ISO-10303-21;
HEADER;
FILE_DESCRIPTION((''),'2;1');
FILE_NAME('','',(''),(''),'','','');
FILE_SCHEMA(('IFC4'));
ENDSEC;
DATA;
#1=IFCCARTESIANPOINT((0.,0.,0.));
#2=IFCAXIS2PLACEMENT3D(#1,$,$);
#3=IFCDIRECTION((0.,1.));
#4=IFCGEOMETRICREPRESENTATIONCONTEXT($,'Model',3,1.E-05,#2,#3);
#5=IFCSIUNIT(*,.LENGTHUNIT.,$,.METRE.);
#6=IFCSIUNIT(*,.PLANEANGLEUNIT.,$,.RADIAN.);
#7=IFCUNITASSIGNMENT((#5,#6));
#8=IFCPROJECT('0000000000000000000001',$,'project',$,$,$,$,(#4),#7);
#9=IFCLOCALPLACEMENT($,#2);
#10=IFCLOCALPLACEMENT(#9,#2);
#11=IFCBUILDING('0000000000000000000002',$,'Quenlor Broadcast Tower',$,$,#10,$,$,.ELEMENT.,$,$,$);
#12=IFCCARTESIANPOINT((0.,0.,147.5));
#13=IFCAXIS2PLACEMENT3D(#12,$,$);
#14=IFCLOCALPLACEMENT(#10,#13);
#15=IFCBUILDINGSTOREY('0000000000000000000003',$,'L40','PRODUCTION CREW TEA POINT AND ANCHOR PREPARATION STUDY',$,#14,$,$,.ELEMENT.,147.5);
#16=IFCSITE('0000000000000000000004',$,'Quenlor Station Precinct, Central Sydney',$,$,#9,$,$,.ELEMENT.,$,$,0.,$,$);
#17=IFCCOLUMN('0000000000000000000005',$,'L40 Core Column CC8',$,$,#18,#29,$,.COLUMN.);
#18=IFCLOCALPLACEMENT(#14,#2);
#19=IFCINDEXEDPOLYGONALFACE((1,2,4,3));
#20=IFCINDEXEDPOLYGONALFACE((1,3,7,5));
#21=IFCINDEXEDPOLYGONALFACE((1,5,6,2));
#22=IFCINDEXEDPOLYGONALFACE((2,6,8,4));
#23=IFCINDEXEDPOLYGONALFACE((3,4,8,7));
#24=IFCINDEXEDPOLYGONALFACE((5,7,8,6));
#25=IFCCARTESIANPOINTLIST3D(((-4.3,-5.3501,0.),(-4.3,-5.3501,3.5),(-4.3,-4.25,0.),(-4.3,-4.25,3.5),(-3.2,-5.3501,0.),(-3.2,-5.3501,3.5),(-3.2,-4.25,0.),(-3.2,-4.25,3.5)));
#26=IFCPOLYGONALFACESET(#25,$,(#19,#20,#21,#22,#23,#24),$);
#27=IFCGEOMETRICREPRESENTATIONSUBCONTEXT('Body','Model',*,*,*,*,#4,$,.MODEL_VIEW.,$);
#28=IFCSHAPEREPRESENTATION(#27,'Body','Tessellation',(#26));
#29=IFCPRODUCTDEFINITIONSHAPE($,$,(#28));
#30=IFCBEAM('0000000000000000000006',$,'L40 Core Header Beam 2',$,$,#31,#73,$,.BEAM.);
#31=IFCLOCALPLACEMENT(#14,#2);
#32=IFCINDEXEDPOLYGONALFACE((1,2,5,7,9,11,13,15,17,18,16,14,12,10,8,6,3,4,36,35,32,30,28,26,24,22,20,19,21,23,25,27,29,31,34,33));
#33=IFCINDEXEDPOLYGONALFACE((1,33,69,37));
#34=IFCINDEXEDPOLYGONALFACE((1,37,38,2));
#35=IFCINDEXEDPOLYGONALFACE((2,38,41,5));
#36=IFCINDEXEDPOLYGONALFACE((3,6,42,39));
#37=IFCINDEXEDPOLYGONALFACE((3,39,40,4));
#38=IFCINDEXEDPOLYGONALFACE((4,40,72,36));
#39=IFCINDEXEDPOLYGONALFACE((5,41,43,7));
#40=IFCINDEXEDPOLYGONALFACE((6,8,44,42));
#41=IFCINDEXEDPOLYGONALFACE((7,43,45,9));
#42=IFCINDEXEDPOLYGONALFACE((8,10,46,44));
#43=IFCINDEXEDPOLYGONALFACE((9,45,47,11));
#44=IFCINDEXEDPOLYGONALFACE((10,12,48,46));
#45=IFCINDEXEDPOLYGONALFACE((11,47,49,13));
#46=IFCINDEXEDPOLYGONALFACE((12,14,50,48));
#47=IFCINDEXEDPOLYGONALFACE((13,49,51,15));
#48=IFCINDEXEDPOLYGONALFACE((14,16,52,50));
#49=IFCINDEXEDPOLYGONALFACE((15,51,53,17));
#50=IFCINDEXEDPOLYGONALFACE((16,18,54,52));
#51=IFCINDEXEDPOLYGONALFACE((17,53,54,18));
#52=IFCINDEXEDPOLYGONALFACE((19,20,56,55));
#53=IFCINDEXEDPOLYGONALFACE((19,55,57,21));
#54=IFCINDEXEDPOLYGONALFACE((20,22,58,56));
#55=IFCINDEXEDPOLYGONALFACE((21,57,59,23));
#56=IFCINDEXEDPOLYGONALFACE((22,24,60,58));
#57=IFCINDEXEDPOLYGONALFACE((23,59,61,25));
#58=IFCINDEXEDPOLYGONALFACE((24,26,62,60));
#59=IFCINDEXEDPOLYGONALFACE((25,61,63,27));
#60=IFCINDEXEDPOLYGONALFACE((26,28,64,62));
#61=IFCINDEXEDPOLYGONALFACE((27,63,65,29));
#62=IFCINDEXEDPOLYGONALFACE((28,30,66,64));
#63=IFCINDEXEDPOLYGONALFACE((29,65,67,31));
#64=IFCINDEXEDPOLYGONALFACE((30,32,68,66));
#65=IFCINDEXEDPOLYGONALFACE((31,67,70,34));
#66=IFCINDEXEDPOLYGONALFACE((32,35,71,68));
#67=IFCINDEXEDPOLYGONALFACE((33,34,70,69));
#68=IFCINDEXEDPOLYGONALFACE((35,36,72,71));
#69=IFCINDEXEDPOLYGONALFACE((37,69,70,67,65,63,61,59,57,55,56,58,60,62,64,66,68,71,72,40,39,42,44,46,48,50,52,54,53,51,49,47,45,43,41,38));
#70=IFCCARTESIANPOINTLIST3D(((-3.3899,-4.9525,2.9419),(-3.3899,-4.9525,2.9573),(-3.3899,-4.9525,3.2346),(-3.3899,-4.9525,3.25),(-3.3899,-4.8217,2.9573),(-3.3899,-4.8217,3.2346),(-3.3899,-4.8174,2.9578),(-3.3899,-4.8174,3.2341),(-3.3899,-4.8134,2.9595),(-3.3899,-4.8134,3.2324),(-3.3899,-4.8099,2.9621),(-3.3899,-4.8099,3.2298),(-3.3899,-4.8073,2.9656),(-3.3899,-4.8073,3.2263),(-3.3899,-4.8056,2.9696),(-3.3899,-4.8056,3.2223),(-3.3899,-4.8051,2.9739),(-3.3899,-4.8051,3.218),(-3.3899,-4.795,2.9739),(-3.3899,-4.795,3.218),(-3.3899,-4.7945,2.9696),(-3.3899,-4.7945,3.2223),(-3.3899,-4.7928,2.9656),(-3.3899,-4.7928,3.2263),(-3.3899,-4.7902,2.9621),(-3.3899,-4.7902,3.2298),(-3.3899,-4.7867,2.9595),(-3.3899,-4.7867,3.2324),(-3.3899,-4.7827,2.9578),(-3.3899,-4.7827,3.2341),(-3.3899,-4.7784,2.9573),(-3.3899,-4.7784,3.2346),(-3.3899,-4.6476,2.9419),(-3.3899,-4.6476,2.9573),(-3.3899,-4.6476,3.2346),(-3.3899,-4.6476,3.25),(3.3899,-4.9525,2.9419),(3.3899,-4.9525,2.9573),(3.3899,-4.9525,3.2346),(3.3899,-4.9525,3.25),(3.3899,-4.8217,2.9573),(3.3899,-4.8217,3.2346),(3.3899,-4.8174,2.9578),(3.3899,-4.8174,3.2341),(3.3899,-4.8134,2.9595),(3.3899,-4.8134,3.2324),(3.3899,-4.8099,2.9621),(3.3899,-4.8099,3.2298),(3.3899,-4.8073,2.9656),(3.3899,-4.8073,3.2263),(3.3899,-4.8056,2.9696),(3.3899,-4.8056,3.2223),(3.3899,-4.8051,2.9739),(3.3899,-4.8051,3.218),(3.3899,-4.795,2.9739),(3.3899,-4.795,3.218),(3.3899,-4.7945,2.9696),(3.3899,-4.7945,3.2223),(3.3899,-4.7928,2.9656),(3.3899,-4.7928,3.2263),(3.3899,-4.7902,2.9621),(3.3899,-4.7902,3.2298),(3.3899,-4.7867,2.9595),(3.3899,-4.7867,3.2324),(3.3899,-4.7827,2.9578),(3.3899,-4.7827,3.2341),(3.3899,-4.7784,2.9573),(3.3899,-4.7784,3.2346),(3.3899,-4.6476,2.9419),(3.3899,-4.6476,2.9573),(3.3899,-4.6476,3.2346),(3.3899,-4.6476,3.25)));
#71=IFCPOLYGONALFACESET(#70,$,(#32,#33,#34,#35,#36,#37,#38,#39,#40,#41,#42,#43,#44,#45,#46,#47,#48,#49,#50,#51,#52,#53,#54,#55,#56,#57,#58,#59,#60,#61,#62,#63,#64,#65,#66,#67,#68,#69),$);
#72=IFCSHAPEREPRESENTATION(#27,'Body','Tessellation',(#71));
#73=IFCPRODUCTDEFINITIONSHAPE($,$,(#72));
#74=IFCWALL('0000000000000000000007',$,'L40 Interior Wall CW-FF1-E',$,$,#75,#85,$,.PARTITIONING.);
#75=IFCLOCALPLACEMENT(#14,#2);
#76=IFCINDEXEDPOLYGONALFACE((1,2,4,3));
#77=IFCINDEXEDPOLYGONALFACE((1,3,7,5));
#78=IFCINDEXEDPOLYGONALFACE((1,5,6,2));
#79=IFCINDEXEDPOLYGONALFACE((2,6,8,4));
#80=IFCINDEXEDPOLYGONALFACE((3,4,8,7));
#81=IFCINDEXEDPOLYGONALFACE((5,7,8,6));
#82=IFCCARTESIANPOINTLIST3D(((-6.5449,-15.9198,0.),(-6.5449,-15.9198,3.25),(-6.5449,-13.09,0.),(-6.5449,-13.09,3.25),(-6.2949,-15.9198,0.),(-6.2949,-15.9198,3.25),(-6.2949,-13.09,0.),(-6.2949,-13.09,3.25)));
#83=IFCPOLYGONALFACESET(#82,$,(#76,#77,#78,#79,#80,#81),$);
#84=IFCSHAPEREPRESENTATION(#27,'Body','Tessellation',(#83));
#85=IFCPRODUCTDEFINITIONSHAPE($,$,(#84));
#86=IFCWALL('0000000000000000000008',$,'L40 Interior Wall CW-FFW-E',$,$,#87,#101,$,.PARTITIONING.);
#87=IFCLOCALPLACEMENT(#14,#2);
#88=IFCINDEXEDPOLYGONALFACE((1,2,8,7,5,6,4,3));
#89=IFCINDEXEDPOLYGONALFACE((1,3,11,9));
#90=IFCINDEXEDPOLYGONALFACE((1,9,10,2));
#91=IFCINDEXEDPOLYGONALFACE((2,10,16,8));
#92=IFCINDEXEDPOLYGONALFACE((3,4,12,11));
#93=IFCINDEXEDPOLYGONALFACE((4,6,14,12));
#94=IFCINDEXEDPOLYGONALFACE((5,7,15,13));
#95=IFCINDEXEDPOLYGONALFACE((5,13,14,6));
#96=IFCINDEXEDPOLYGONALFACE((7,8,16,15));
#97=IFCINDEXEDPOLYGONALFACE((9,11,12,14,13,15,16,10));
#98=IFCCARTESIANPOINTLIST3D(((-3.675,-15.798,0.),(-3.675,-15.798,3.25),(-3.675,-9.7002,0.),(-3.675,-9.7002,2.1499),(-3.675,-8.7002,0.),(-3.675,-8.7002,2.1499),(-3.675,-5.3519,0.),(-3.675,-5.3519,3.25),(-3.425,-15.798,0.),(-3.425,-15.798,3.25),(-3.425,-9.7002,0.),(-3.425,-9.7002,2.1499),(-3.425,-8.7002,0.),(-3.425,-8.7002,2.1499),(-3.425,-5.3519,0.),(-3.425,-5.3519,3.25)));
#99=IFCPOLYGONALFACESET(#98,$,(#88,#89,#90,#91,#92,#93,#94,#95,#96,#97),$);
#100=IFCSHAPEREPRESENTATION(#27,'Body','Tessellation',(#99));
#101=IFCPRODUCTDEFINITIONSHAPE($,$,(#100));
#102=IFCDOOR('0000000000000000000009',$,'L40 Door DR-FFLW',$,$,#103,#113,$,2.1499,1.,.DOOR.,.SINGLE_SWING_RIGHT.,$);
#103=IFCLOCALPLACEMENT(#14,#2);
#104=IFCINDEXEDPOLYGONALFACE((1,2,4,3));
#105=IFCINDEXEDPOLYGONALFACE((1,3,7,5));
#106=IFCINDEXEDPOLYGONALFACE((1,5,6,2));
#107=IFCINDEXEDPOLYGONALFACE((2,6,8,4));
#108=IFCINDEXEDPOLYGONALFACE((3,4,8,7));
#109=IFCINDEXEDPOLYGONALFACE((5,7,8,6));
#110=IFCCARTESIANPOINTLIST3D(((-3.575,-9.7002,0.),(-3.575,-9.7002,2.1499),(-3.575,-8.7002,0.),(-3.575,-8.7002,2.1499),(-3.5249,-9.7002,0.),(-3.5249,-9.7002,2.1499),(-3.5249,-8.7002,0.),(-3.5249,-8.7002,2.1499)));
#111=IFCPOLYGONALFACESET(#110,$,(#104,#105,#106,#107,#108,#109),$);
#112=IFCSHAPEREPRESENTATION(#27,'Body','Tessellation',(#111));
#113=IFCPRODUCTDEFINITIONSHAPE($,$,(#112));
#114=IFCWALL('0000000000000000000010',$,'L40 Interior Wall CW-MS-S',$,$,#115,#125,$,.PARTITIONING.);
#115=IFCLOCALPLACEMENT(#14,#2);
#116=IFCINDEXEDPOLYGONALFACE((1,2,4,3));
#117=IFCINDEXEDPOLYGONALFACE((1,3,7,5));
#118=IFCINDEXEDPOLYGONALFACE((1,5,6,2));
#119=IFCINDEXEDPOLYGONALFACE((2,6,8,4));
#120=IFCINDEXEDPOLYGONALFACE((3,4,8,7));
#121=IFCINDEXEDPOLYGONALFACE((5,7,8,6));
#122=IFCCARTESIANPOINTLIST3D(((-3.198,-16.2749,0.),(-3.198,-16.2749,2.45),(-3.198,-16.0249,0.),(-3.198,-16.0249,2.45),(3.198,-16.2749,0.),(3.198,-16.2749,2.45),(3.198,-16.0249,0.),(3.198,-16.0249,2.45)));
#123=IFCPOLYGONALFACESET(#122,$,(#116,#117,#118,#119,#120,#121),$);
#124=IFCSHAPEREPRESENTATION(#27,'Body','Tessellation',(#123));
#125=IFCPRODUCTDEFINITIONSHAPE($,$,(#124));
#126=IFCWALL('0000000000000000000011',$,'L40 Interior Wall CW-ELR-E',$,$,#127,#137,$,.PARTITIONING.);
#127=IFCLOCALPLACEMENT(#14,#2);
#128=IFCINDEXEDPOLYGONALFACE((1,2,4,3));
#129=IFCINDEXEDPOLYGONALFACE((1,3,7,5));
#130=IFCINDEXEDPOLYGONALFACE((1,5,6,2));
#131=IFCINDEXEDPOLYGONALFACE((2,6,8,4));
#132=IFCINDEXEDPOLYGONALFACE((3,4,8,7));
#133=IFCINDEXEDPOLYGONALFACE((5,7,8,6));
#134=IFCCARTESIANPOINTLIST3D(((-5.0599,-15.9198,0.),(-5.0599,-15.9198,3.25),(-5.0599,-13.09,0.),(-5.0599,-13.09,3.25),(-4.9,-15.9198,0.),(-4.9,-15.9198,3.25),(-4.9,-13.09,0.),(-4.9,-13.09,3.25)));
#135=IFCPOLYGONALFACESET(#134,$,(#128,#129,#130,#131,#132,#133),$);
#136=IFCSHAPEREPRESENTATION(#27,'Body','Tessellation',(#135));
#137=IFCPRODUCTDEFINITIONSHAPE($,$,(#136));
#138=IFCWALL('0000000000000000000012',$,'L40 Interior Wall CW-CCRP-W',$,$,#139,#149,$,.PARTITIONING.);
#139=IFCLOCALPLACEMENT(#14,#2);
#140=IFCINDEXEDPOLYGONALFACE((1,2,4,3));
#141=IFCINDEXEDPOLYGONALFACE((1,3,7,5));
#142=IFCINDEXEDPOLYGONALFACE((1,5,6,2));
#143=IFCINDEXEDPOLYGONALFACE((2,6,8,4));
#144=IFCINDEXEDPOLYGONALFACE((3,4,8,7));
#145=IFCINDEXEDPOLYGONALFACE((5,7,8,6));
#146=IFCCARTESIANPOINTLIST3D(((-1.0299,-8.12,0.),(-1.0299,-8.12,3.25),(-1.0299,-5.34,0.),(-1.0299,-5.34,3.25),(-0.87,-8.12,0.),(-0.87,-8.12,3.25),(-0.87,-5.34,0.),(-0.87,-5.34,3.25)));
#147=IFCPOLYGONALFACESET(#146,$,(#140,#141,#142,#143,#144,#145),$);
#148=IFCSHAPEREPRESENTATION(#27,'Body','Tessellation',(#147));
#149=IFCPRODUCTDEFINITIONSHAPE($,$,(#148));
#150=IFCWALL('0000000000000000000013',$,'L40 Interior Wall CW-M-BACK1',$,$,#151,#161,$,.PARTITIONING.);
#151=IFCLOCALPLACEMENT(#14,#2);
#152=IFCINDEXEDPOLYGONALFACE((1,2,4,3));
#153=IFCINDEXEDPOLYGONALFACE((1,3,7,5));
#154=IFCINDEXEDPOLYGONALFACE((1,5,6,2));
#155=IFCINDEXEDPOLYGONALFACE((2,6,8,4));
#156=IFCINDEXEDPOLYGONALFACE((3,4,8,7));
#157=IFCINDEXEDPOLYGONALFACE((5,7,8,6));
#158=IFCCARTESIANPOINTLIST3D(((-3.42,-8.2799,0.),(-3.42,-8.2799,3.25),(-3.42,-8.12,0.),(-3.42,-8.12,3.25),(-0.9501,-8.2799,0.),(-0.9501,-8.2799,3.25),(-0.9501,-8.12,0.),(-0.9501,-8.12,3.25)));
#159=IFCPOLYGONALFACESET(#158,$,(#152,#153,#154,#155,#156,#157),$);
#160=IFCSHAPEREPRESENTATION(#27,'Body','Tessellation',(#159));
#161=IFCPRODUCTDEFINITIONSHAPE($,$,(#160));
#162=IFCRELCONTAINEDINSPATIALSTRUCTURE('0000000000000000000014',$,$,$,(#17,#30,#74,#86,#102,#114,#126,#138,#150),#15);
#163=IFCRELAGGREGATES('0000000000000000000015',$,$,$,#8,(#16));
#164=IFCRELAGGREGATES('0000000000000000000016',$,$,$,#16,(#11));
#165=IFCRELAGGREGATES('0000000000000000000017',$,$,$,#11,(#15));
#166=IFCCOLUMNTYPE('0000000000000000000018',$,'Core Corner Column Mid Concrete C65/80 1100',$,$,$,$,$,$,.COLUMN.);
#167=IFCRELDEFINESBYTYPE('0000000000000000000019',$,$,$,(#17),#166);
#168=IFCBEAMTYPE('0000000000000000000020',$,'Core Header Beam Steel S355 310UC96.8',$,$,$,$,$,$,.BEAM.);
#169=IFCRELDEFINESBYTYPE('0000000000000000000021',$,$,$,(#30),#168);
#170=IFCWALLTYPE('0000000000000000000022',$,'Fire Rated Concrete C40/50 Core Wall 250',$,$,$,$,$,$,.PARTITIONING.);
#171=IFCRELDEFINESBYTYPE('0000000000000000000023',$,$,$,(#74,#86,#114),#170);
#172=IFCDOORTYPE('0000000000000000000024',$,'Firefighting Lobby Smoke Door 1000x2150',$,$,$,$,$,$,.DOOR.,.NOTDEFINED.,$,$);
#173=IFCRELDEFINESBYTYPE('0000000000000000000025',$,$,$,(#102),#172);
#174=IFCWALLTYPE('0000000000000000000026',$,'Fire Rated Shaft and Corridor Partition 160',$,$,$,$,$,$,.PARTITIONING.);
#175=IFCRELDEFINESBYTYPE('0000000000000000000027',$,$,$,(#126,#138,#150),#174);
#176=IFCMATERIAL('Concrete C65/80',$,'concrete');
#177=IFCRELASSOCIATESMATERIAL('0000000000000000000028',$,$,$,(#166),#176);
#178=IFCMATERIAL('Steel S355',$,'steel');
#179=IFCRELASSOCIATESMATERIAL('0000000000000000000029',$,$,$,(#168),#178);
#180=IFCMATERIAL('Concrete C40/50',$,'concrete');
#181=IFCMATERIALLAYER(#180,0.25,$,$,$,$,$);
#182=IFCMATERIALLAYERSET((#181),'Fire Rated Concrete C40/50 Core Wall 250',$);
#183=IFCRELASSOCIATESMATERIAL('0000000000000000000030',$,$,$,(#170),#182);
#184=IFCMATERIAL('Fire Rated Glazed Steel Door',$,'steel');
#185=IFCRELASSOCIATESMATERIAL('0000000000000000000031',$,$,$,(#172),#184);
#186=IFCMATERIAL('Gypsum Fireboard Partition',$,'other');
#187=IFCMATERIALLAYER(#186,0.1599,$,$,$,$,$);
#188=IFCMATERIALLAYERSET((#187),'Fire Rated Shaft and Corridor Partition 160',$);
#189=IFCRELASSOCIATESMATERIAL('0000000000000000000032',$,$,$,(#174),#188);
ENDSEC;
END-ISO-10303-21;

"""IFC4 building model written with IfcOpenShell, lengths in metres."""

from ifc_helpers import new_model, si_unit, direction, frame, frame_2d, origin, origin_2d, place, context, subcontext, project, spatial, rectangle, i_section, extrude, material, layer, layer_set, material_profile, profile_set, type_object, element, fill, save


model = new_model("IFC4")

# Units and contexts
model_context = context("Model", 3, precision=1e-05, world=origin(), true_north=direction((0.0, 1.0)))
body_context = subcontext(model_context, "Body", "Model", "MODEL_VIEW")
ifc_project = project(units=[si_unit("LENGTHUNIT", "METRE"), si_unit("PLANEANGLEUNIT", "RADIAN")], contexts=[model_context])

# Site, building, storey
site_placement = place(None, origin())
site = spatial("IfcSite", under=ifc_project, at=site_placement, Name="Quenlor Station Precinct, Central Sydney", CompositionType="ELEMENT", RefElevation=0.0)
building_placement = place(site_placement, origin())
building = spatial("IfcBuilding", under=site, at=building_placement, Name="Quenlor Broadcast Tower", CompositionType="ELEMENT")
storey_placement = place(building_placement, frame((0.0, 0.0, 147.5)))
storey = spatial("IfcBuildingStorey", under=building, at=storey_placement, Name="L40", Description="PRODUCTION CREW TEA POINT AND ANCHOR PREPARATION STUDY", CompositionType="ELEMENT", Elevation=147.5)

# Column
ifc_material_1 = material(Name="Concrete C65/80", Category="concrete")
ifc_material_profile_1 = material_profile(ifc_material_1, rectangle(XDim=1.1001, YDim=1.1001, at=origin_2d()))
ifc_profile_set_1 = profile_set([ifc_material_profile_1], Name="Concrete C65/80 RC1100x1100")
column_type = type_object("IfcColumnType", Name="Core Corner Column Mid Concrete C65/80 1100", PredefinedType="COLUMN", material=ifc_profile_set_1)
column_placement = place(storey_placement, frame((-3.75, -4.8, 0.0), z_axis=(0.0, 0.0, 1.0), x_axis=(1.0, 0.0, 0.0)))
element("IfcColumn", 1, at=column_placement, inside=storey, type_object=column_type, Name="L40 Core Column CC8", PredefinedType="COLUMN", context=body_context, shape_type="SweptSolid", body=[
    extrude(rectangle(XDim=1.1001, YDim=1.1001, at=origin_2d()), origin(), (0.0, 0.0, 1.0), 3.5),
])

# Beam
ifc_material_2 = material(Name="Steel S355", Category="steel")
ifc_material_profile_2 = material_profile(ifc_material_2, i_section(OverallWidth=0.3049, OverallDepth=0.3081, WebThickness=0.01, FlangeThickness=0.0154, FilletRadius=0.0166, at=origin_2d()))
ifc_profile_set_2 = profile_set([ifc_material_profile_2], Name="Steel S355 310UC96.8")
beam_type = type_object("IfcBeamType", Name="Core Header Beam Steel S355 310UC96.8", PredefinedType="BEAM", material=ifc_profile_set_2)
beam_placement = place(storey_placement, frame((-3.3899, -4.8, 3.0959), z_axis=(1.0, 0.0, 0.0), x_axis=(0.0, 1.0, 0.0)))
element("IfcBeam", 2, at=beam_placement, inside=storey, type_object=beam_type, Name="L40 Core Header Beam 2", PredefinedType="BEAM", context=body_context, shape_type="SweptSolid", body=[
    extrude(i_section(OverallWidth=0.3049, OverallDepth=0.3081, WebThickness=0.01, FlangeThickness=0.0154, FilletRadius=0.0166, at=origin_2d()), origin(), (0.0, 0.0, 1.0), 6.7798),
])

# Shared definitions
ifc_material_3 = material(Name="Concrete C40/50", Category="concrete")
ifc_layer_1 = layer(ifc_material_3, 0.25)
ifc_layer_set_1 = layer_set([ifc_layer_1], Name="Fire Rated Concrete C40/50 Core Wall 250")
wall_type_1 = type_object("IfcWallType", Name="Fire Rated Concrete C40/50 Core Wall 250", PredefinedType="PARTITIONING", material=ifc_layer_set_1)

# Wall
wall_1_placement = place(storey_placement, frame((-6.4199, -15.9199, 0.0), z_axis=(0.0, 0.0, 1.0), x_axis=(0.0, 1.0, 0.0)))
element("IfcWall", 3, at=wall_1_placement, inside=storey, type_object=wall_type_1, Name="L40 Interior Wall CW-FF1-E", PredefinedType="PARTITIONING", context=body_context, shape_type="SweptSolid", body=[
    extrude(rectangle(XDim=2.8298, YDim=0.25, at=frame_2d((1.415, 0.0))), origin(), (0.0, 0.0, 1.0), 3.25),
])

# Wall, opening, door
wall_2_placement = place(storey_placement, frame((-3.55, -15.7981, 0.0), z_axis=(0.0, 0.0, 1.0), x_axis=(0.0, 1.0, 0.0)))
wall_2 = element("IfcWall", 4, at=wall_2_placement, inside=storey, type_object=wall_type_1, Name="L40 Interior Wall CW-FFW-E", PredefinedType="PARTITIONING", context=body_context, shape_type="SweptSolid", body=[
    extrude(rectangle(XDim=10.446, YDim=0.25, at=frame_2d((5.2231, 0.0))), origin(), (0.0, 0.0, 1.0), 3.25),
])
opening_1_placement = place(wall_2_placement, frame((6.0979, 0.0, 0.0)))
opening_1 = element("IfcOpeningElement", 5, at=opening_1_placement, cuts=wall_2, PredefinedType="OPENING", context=body_context, shape_type="SweptSolid", body=[
    extrude(rectangle(XDim=1.0, YDim=2.1499, at=frame_2d((0.5, 1.075))), frame((0.0, 0.135, 0.0), z_axis=(0.0, -1.0, 0.0), x_axis=(1.0, 0.0, 0.0)), (0.0, 0.0, 1.0), 0.27),
])
ifc_material_4 = material(Name="Fire Rated Glazed Steel Door", Category="steel")
door_type_1 = type_object("IfcDoorType", Name="Firefighting Lobby Smoke Door 1000x2150", OperationType="NOTDEFINED", PredefinedType="DOOR", material=ifc_material_4)
door_1_placement = place(opening_1_placement, origin())
door_1 = element("IfcDoor", 6, at=door_1_placement, inside=storey, type_object=door_type_1, Name="L40 Door DR-FFLW", OperationType="SINGLE_SWING_RIGHT", OverallHeight=2.1499, OverallWidth=1.0, PredefinedType="DOOR", context=body_context, shape_type="SweptSolid", body=[
    extrude(rectangle(XDim=1.0, YDim=2.1499, at=frame_2d((0.5, 1.075))), frame((0.0, 0.0249, 0.0), z_axis=(0.0, -1.0, 0.0), x_axis=(1.0, 0.0, 0.0)), (0.0, 0.0, 1.0), 0.05),
])
fill(opening_1, door_1)

# Wall
wall_3_placement = place(storey_placement, frame((-3.198, -16.1499, 0.0), z_axis=(0.0, 0.0, 1.0), x_axis=(1.0, 0.0, 0.0)))
element("IfcWall", 7, at=wall_3_placement, inside=storey, type_object=wall_type_1, Name="L40 Interior Wall CW-MS-S", PredefinedType="PARTITIONING", context=body_context, shape_type="SweptSolid", body=[
    extrude(rectangle(XDim=6.396, YDim=0.25, at=frame_2d((3.198, 0.0))), origin(), (0.0, 0.0, 1.0), 2.45),
])

# Walls
ifc_material_5 = material(Name="Gypsum Fireboard Partition", Category="other")
ifc_layer_2 = layer(ifc_material_5, 0.1599)
ifc_layer_set_2 = layer_set([ifc_layer_2], Name="Fire Rated Shaft and Corridor Partition 160")
wall_type_2 = type_object("IfcWallType", Name="Fire Rated Shaft and Corridor Partition 160", PredefinedType="PARTITIONING", material=ifc_layer_set_2)
wall_4_placement = place(storey_placement, frame((-4.98, -15.9199, 0.0), z_axis=(0.0, 0.0, 1.0), x_axis=(0.0, 1.0, 0.0)))
element("IfcWall", 8, at=wall_4_placement, inside=storey, type_object=wall_type_2, Name="L40 Interior Wall CW-ELR-E", PredefinedType="PARTITIONING", context=body_context, shape_type="SweptSolid", body=[
    extrude(rectangle(XDim=2.8298, YDim=0.1599, at=frame_2d((1.415, 0.0))), origin(), (0.0, 0.0, 1.0), 3.25),
])
wall_5_placement = place(storey_placement, frame((-0.95, -8.1201, 0.0), z_axis=(0.0, 0.0, 1.0), x_axis=(0.0, 1.0, 0.0)))
element("IfcWall", 9, at=wall_5_placement, inside=storey, type_object=wall_type_2, Name="L40 Interior Wall CW-CCRP-W", PredefinedType="PARTITIONING", context=body_context, shape_type="SweptSolid", body=[
    extrude(rectangle(XDim=2.78, YDim=0.1599, at=frame_2d((1.3901, 0.0))), origin(), (0.0, 0.0, 1.0), 3.25),
])
wall_6_placement = place(storey_placement, frame((-3.4199, -8.2, 0.0), z_axis=(0.0, 0.0, 1.0), x_axis=(1.0, 0.0, 0.0)))
element("IfcWall", 10, at=wall_6_placement, inside=storey, type_object=wall_type_2, Name="L40 Interior Wall CW-M-BACK1", PredefinedType="PARTITIONING", context=body_context, shape_type="SweptSolid", body=[
    extrude(rectangle(XDim=2.47, YDim=0.1599, at=frame_2d((1.2349, 0.0))), origin(), (0.0, 0.0, 1.0), 3.25),
])

save(model, "model.ifc")
